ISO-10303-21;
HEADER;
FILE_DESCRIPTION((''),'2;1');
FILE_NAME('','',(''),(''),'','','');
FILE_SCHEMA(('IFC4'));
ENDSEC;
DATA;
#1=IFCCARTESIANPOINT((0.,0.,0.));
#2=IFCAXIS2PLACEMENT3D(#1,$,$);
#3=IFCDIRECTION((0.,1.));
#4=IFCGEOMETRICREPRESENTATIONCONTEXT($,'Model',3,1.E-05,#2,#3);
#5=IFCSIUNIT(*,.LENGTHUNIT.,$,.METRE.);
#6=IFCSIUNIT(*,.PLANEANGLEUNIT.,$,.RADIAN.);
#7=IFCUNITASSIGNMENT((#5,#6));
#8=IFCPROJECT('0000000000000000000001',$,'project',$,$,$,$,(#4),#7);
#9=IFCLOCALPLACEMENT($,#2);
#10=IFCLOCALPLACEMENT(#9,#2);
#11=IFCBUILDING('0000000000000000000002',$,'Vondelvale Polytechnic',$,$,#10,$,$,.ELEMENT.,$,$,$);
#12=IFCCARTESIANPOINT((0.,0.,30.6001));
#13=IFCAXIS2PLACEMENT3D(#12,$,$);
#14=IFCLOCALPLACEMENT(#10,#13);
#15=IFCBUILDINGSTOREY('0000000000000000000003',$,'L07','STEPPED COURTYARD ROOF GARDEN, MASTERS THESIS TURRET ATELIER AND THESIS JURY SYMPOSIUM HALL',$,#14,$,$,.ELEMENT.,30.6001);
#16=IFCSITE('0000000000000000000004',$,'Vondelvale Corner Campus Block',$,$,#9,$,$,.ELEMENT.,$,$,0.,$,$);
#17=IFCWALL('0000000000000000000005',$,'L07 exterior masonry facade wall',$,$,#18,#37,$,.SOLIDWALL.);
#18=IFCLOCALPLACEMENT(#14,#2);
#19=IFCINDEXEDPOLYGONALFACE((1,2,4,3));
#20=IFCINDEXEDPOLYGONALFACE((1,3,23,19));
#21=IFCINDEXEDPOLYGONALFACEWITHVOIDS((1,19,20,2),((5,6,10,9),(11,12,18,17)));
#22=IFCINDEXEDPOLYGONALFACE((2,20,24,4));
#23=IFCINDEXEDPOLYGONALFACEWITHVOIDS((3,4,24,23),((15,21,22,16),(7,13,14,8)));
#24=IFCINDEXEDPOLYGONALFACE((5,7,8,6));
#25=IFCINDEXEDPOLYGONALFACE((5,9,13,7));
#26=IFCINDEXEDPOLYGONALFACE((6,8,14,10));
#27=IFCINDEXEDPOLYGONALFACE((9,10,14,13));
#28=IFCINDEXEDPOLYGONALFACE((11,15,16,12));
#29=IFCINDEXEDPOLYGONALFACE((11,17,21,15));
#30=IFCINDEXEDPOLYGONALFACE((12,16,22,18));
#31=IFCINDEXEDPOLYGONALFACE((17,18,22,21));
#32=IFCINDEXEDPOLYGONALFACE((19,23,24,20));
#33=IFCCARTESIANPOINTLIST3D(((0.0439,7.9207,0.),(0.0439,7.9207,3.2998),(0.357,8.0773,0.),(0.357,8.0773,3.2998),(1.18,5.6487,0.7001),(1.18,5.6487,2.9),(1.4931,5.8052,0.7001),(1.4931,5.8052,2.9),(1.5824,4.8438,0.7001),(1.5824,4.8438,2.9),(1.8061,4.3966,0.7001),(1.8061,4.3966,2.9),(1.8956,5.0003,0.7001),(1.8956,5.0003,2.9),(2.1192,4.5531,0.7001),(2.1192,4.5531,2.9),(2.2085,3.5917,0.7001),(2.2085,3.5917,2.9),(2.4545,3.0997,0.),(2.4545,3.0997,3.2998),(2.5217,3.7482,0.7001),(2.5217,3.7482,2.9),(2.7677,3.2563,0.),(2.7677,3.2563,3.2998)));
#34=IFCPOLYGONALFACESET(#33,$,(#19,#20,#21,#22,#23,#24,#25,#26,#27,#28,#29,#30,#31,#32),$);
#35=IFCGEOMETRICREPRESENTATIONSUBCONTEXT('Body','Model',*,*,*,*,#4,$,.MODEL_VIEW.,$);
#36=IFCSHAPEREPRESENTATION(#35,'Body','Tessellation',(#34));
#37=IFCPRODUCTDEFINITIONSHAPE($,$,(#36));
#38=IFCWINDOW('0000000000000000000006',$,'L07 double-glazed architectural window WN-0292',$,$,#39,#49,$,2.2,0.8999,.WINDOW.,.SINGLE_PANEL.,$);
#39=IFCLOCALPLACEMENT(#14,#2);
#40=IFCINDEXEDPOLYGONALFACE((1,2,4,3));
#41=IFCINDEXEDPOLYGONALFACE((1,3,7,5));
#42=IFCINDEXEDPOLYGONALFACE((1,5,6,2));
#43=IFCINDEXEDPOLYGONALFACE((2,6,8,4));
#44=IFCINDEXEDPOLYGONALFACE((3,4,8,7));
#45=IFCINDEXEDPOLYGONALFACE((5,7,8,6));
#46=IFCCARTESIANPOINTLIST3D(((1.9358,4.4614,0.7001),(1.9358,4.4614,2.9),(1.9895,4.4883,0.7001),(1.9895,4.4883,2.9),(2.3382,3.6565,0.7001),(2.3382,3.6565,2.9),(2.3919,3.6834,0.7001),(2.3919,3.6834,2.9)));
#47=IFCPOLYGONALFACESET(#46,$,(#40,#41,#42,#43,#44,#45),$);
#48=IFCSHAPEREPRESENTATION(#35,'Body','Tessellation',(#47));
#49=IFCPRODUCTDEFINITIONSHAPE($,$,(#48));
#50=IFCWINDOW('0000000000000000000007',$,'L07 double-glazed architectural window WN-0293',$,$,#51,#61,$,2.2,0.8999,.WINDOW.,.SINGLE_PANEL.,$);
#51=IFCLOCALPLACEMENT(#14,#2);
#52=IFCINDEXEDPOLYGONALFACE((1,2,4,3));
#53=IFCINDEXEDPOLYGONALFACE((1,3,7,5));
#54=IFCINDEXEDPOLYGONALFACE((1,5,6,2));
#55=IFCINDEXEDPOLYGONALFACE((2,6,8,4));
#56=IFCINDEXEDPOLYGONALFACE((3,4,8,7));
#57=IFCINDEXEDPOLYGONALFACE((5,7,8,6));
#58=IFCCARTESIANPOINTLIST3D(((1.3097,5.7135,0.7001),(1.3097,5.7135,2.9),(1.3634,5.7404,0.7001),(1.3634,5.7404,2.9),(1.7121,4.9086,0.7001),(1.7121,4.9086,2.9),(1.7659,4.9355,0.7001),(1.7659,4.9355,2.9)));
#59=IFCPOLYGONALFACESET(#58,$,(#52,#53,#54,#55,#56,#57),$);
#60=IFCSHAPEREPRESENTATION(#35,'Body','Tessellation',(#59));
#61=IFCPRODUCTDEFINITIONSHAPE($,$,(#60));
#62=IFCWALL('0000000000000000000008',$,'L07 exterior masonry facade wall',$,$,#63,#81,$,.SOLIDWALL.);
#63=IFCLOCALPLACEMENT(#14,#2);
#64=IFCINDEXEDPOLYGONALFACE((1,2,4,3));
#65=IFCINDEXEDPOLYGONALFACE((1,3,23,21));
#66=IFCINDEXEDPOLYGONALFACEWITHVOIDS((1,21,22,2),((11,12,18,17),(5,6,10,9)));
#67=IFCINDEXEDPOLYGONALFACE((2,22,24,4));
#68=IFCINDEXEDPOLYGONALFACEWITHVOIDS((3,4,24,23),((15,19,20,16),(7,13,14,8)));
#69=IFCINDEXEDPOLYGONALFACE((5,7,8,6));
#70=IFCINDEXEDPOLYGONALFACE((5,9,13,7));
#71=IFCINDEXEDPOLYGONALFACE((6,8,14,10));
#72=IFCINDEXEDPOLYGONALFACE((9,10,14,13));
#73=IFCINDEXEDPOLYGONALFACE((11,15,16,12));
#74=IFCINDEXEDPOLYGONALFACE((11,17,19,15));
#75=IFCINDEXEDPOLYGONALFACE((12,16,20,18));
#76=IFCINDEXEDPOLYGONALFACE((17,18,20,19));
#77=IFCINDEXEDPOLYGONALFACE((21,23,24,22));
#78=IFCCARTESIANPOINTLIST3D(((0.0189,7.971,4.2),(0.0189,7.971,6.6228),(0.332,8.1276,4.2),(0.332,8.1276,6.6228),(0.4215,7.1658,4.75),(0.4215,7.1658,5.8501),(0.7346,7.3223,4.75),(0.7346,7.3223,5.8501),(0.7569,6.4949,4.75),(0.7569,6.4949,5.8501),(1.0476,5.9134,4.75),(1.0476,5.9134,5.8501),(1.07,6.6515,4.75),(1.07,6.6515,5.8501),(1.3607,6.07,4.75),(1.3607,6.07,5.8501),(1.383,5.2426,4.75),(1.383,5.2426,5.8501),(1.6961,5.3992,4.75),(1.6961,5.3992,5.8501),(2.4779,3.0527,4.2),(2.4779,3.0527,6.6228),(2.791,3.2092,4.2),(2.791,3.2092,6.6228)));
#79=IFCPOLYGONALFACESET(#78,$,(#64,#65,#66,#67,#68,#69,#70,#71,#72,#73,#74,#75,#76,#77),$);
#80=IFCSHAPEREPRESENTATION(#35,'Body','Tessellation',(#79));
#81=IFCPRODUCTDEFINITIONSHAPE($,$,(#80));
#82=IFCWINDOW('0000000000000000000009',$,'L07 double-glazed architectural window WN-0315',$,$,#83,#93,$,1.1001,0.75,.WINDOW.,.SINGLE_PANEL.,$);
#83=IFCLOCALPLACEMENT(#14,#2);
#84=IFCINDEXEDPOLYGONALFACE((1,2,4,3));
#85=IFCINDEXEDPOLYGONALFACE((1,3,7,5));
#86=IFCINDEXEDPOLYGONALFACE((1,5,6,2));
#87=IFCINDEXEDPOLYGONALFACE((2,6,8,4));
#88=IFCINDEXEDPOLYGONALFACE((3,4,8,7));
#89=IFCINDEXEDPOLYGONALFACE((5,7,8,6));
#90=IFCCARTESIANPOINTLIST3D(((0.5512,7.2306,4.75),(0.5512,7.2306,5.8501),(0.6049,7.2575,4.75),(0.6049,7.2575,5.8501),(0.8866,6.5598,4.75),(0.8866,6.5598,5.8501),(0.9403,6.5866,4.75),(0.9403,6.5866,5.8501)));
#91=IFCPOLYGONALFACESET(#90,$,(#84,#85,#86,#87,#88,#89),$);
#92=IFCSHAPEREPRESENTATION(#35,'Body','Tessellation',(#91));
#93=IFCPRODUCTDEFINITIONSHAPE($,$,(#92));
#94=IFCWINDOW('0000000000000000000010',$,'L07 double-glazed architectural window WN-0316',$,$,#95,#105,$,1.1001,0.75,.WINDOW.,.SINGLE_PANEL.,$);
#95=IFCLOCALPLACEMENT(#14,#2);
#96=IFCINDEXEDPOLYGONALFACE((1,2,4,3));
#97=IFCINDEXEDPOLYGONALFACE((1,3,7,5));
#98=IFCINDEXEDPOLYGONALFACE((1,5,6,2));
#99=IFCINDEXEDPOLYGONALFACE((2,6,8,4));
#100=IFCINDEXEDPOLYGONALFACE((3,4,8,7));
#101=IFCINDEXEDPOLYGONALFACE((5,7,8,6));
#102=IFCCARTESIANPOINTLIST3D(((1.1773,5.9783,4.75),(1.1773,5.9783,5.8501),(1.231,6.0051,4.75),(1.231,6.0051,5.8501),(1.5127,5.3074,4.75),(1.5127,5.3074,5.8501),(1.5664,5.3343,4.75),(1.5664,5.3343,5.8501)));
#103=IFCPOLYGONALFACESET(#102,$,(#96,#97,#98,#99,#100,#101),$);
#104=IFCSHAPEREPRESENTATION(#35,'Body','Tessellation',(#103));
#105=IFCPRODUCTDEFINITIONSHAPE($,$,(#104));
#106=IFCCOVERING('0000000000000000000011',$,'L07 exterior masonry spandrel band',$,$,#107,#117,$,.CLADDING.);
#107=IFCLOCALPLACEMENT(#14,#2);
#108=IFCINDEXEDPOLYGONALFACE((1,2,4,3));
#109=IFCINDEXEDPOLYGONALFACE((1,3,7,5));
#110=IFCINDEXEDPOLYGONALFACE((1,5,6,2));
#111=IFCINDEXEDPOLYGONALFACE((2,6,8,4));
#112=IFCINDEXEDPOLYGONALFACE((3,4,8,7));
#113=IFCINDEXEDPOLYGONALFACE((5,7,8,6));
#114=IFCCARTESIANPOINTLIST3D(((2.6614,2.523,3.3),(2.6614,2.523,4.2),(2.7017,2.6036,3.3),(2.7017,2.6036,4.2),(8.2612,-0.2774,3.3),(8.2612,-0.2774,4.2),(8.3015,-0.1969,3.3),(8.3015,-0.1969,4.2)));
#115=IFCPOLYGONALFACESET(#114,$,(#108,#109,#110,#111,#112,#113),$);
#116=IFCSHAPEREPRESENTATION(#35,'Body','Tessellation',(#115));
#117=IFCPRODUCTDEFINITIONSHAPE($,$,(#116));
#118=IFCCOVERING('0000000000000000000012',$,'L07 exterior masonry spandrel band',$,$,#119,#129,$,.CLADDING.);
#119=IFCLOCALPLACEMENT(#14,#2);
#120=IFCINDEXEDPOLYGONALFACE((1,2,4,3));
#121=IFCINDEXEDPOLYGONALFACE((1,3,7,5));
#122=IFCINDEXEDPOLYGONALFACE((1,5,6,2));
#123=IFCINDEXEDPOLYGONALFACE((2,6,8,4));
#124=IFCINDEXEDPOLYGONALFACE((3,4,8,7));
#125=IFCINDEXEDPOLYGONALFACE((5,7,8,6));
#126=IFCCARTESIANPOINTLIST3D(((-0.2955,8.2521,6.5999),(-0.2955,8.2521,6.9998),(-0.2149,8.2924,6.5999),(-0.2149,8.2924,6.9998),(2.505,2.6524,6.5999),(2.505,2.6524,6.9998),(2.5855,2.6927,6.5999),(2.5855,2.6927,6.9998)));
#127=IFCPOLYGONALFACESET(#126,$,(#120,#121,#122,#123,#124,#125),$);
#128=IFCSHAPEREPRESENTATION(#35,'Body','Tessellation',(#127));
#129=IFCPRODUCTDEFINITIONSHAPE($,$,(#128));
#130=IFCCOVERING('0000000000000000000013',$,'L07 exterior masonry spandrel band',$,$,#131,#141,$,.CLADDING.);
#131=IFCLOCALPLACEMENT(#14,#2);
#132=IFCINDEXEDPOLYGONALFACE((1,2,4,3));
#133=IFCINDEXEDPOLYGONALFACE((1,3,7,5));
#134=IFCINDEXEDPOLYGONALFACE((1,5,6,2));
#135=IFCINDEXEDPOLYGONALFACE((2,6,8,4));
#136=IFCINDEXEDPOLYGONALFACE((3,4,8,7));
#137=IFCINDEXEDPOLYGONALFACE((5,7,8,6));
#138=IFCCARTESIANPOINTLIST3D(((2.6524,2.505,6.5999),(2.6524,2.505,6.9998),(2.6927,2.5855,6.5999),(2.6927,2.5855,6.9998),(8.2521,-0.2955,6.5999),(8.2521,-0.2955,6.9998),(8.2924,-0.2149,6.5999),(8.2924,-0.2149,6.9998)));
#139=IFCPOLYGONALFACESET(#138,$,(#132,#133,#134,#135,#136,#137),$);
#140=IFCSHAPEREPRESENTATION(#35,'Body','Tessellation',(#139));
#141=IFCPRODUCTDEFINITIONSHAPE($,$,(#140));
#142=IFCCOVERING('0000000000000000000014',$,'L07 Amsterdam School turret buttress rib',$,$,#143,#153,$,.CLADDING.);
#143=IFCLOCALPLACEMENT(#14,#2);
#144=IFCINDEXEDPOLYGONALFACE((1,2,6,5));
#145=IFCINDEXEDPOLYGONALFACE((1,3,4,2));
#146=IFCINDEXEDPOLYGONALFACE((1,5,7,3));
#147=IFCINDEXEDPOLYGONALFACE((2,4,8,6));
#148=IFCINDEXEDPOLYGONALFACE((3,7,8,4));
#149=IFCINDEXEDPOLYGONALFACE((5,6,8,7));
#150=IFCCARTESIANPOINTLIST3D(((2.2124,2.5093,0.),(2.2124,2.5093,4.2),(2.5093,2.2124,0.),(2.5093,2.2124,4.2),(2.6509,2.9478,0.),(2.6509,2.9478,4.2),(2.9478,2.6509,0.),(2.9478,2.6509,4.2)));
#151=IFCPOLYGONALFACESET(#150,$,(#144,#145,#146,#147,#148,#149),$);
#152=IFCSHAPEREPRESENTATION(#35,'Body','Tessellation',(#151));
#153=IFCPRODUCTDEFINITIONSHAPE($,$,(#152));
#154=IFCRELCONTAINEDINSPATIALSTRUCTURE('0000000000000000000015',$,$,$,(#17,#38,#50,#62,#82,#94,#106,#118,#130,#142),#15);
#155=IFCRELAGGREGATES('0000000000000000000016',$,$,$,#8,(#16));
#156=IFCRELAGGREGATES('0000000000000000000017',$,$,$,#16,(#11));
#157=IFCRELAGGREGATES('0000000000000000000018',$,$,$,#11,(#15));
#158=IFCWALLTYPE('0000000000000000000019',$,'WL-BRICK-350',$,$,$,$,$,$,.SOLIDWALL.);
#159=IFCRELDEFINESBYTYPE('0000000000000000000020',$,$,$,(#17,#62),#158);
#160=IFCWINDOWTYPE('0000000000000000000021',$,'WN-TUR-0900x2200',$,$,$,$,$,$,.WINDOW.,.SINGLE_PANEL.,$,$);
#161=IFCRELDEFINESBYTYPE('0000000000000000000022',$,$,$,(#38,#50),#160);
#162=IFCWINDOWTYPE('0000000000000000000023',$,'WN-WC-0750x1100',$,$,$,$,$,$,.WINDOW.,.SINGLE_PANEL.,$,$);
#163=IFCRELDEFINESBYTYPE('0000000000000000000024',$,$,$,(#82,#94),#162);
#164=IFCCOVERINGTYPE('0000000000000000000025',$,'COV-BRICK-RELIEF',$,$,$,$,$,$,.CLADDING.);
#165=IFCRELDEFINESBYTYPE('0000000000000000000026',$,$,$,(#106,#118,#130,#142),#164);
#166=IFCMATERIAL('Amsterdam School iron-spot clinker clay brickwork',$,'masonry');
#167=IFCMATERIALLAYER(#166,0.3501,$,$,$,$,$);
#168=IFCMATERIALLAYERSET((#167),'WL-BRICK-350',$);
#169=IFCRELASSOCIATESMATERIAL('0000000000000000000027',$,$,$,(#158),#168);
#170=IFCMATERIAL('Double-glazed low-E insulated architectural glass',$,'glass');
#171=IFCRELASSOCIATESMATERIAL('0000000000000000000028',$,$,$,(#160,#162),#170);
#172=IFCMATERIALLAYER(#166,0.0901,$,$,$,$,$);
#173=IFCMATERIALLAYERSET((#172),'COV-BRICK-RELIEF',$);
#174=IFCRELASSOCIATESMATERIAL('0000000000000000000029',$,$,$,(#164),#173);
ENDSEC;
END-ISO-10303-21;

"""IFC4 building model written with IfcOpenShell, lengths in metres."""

from ifc_helpers import new_model, si_unit, direction, frame, frame_2d, origin, origin_2d, place, context, subcontext, project, spatial, rectangle, extrude, material, layer, layer_set, type_object, element, fill, save


model = new_model("IFC4")

# Units and contexts
model_context = context("Model", 3, precision=1e-05, world=origin(), true_north=direction((0.0, 1.0)))
body_context = subcontext(model_context, "Body", "Model", "MODEL_VIEW")
ifc_project = project(units=[si_unit("LENGTHUNIT", "METRE"), si_unit("PLANEANGLEUNIT", "RADIAN")], contexts=[model_context])

# Site, building, storey
site_placement = place(None, origin())
site = spatial("IfcSite", under=ifc_project, at=site_placement, Name="Vondelvale Corner Campus Block", CompositionType="ELEMENT", RefElevation=0.0)
building_placement = place(site_placement, origin())
building = spatial("IfcBuilding", under=site, at=building_placement, Name="Vondelvale Polytechnic", CompositionType="ELEMENT")
storey_placement = place(building_placement, frame((0.0, 0.0, 30.6001)))
storey = spatial("IfcBuildingStorey", under=building, at=storey_placement, Name="L07", Description="STEPPED COURTYARD ROOF GARDEN, MASTERS THESIS TURRET ATELIER AND THESIS JURY SYMPOSIUM HALL", CompositionType="ELEMENT", Elevation=30.6001)

# Walls, openings, windows
ifc_material_1 = material(Name="Amsterdam School iron-spot clinker clay brickwork", Category="masonry")
ifc_layer_1 = layer(ifc_material_1, 0.3501)
ifc_layer_set_1 = layer_set([ifc_layer_1], Name="WL-BRICK-350")
wall_type = type_object("IfcWallType", Name="WL-BRICK-350", PredefinedType="SOLIDWALL", material=ifc_layer_set_1)
wall_1_placement = place(storey_placement, frame((2.6111, 3.178, 0.0), z_axis=(0.0, 0.0, 1.0), x_axis=(-0.447232, 0.894418, 0.0)))
wall_1 = element("IfcWall", 1, at=wall_1_placement, inside=storey, type_object=wall_type, Name="L07 exterior masonry facade wall", PredefinedType="SOLIDWALL", context=body_context, shape_type="SweptSolid", body=[
    extrude(rectangle(XDim=5.3901, YDim=0.3501, at=frame_2d((2.6951, 0.0))), origin(), (0.0, 0.0, 1.0), 3.2998),
])
opening_1_placement = place(wall_1_placement, frame((0.55, 0.0, 0.7)))
opening_1 = element("IfcOpeningElement", 2, at=opening_1_placement, cuts=wall_1, PredefinedType="OPENING", context=body_context, shape_type="SweptSolid", body=[
    extrude(rectangle(XDim=0.8999, YDim=2.2, at=frame_2d((0.45, 1.1001))), frame((0.0, 0.1851, 0.0), z_axis=(0.0, -1.0, 0.0), x_axis=(1.0, 0.0, 0.0)), (0.0, 0.0, 1.0), 0.3701),
])
opening_2_placement = place(wall_1_placement, frame((1.95, 0.0, 0.7)))
opening_2 = element("IfcOpeningElement", 3, at=opening_2_placement, cuts=wall_1, PredefinedType="OPENING", context=body_context, shape_type="SweptSolid", body=[
    extrude(rectangle(XDim=0.8999, YDim=2.2, at=frame_2d((0.45, 1.1001))), frame((0.0, 0.1851, 0.0), z_axis=(0.0, -1.0, 0.0), x_axis=(1.0, 0.0, 0.0)), (0.0, 0.0, 1.0), 0.3701),
])
ifc_material_2 = material(Name="Double-glazed low-E insulated architectural glass", Category="glass")
window_type_1 = type_object("IfcWindowType", Name="WN-TUR-0900x2200", PartitioningType="SINGLE_PANEL", PredefinedType="WINDOW", material=ifc_material_2)
window_1_placement = place(opening_1_placement, origin())
window_1 = element("IfcWindow", 4, at=window_1_placement, inside=storey, type_object=window_type_1, Name="L07 double-glazed architectural window WN-0292", OverallHeight=2.2, OverallWidth=0.8999, PartitioningType="SINGLE_PANEL", PredefinedType="WINDOW", context=body_context, shape_type="SweptSolid", body=[
    extrude(rectangle(XDim=0.8999, YDim=2.2, at=frame_2d((0.45, 1.1001))), frame((0.0, 0.03, 0.0), z_axis=(0.0, -1.0, 0.0), x_axis=(1.0, 0.0, 0.0)), (0.0, 0.0, 1.0), 0.0601),
])
fill(opening_1, window_1)
window_2_placement = place(opening_2_placement, origin())
window_2 = element("IfcWindow", 5, at=window_2_placement, inside=storey, type_object=window_type_1, Name="L07 double-glazed architectural window WN-0293", OverallHeight=2.2, OverallWidth=0.8999, PartitioningType="SINGLE_PANEL", PredefinedType="WINDOW", context=body_context, shape_type="SweptSolid", body=[
    extrude(rectangle(XDim=0.8999, YDim=2.2, at=frame_2d((0.45, 1.1001))), frame((0.0, 0.03, 0.0), z_axis=(0.0, -1.0, 0.0), x_axis=(1.0, 0.0, 0.0)), (0.0, 0.0, 1.0), 0.0601),
])
fill(opening_2, window_2)
wall_2_placement = place(storey_placement, frame((2.6345, 3.1309, 4.2), z_axis=(0.0, 0.0, 1.0), x_axis=(-0.447196, 0.894436, 0.0)))
wall_2 = element("IfcWall", 6, at=wall_2_placement, inside=storey, type_object=wall_type, Name="L07 exterior masonry facade wall", PredefinedType="SOLIDWALL", context=body_context, shape_type="SweptSolid", body=[
    extrude(rectangle(XDim=5.4988, YDim=0.3501, at=frame_2d((2.7495, 0.0))), origin(), (0.0, 0.0, 1.0), 2.4229),
])
opening_3_placement = place(wall_2_placement, frame((3.8486, 0.0, 0.55)))
opening_3 = element("IfcOpeningElement", 7, at=opening_3_placement, cuts=wall_2, PredefinedType="OPENING", context=body_context, shape_type="SweptSolid", body=[
    extrude(rectangle(XDim=0.75, YDim=1.1001, at=frame_2d((0.375, 0.55))), frame((0.0, 0.1851, 0.0), z_axis=(0.0, -1.0, 0.0), x_axis=(1.0, 0.0, 0.0)), (0.0, 0.0, 1.0), 0.3701),
])
opening_4_placement = place(wall_2_placement, frame((2.4485, 0.0, 0.55)))
opening_4 = element("IfcOpeningElement", 8, at=opening_4_placement, cuts=wall_2, PredefinedType="OPENING", context=body_context, shape_type="SweptSolid", body=[
    extrude(rectangle(XDim=0.75, YDim=1.1001, at=frame_2d((0.375, 0.55))), frame((0.0, 0.1851, 0.0), z_axis=(0.0, -1.0, 0.0), x_axis=(1.0, 0.0, 0.0)), (0.0, 0.0, 1.0), 0.3701),
])
window_type_2 = type_object("IfcWindowType", Name="WN-WC-0750x1100", PartitioningType="SINGLE_PANEL", PredefinedType="WINDOW", material=ifc_material_2)
window_3_placement = place(opening_3_placement, origin())
window_3 = element("IfcWindow", 9, at=window_3_placement, inside=storey, type_object=window_type_2, Name="L07 double-glazed architectural window WN-0315", OverallHeight=1.1001, OverallWidth=0.75, PartitioningType="SINGLE_PANEL", PredefinedType="WINDOW", context=body_context, shape_type="SweptSolid", body=[
    extrude(rectangle(XDim=0.75, YDim=1.1001, at=frame_2d((0.375, 0.55))), frame((0.0, 0.03, 0.0), z_axis=(0.0, -1.0, 0.0), x_axis=(1.0, 0.0, 0.0)), (0.0, 0.0, 1.0), 0.0601),
])
fill(opening_3, window_3)
window_4_placement = place(opening_4_placement, origin())
window_4 = element("IfcWindow", 10, at=window_4_placement, inside=storey, type_object=window_type_2, Name="L07 double-glazed architectural window WN-0316", OverallHeight=1.1001, OverallWidth=0.75, PartitioningType="SINGLE_PANEL", PredefinedType="WINDOW", context=body_context, shape_type="SweptSolid", body=[
    extrude(rectangle(XDim=0.75, YDim=1.1001, at=frame_2d((0.375, 0.55))), frame((0.0, 0.03, 0.0), z_axis=(0.0, -1.0, 0.0), x_axis=(1.0, 0.0, 0.0)), (0.0, 0.0, 1.0), 0.0601),
])
fill(opening_4, window_4)

# Coverings
ifc_layer_2 = layer(ifc_material_1, 0.0901)
ifc_layer_set_2 = layer_set([ifc_layer_2], Name="COV-BRICK-RELIEF")
covering_type_1 = type_object("IfcCoveringType", Name="COV-BRICK-RELIEF", PredefinedType="CLADDING", material=ifc_layer_set_2)
covering_1_placement = place(storey_placement, frame((5.4814, 1.1631, 3.3), z_axis=(0.0, 0.0, 1.0), x_axis=(-0.894389, 0.447291, 0.0)))
element("IfcCovering", 11, at=covering_1_placement, inside=storey, type_object=covering_type_1, Name="L07 exterior masonry spandrel band", PredefinedType="CLADDING", context=body_context, shape_type="SweptSolid", body=[
    extrude(rectangle(XDim=6.261, YDim=0.0901, at=origin_2d()), origin(), (0.0, 0.0, 1.0), 0.8999),
])
for number, where, z_axis, x_axis, name in (
    (12, (1.145, 5.4724, 6.5999), (0.0, 0.0, 1.0), (0.447291, -0.894389, 0.0), "L07 exterior masonry spandrel band"),
    (13, (5.4724, 1.145, 6.5999), (0.0, 0.0, 1.0), (0.894389, -0.447291, 0.0), "L07 exterior masonry spandrel band"),
):
    element("IfcCovering", number, at=place(storey_placement, frame(where, z_axis=z_axis, x_axis=x_axis)), inside=storey, type_object=covering_type_1, Name=name, PredefinedType="CLADDING", context=body_context, shape_type="SweptSolid", body=[
        extrude(rectangle(XDim=6.261, YDim=0.0901, at=origin_2d()), origin(), (0.0, 0.0, 1.0), 0.3999),
    ])
covering_2_placement = place(storey_placement, frame((2.5801, 2.5801, 0.0), z_axis=(0.0, 0.0, 1.0), x_axis=(0.707107, 0.707107, 0.0)))
element("IfcCovering", 14, at=covering_2_placement, inside=storey, type_object=covering_type_1, Name="L07 Amsterdam School turret buttress rib", PredefinedType="CLADDING", context=body_context, shape_type="SweptSolid", body=[
    extrude(rectangle(XDim=0.6201, YDim=0.4199, at=origin_2d()), origin(), (0.0, 0.0, 1.0), 4.2),
])

save(model, "model.ifc")
